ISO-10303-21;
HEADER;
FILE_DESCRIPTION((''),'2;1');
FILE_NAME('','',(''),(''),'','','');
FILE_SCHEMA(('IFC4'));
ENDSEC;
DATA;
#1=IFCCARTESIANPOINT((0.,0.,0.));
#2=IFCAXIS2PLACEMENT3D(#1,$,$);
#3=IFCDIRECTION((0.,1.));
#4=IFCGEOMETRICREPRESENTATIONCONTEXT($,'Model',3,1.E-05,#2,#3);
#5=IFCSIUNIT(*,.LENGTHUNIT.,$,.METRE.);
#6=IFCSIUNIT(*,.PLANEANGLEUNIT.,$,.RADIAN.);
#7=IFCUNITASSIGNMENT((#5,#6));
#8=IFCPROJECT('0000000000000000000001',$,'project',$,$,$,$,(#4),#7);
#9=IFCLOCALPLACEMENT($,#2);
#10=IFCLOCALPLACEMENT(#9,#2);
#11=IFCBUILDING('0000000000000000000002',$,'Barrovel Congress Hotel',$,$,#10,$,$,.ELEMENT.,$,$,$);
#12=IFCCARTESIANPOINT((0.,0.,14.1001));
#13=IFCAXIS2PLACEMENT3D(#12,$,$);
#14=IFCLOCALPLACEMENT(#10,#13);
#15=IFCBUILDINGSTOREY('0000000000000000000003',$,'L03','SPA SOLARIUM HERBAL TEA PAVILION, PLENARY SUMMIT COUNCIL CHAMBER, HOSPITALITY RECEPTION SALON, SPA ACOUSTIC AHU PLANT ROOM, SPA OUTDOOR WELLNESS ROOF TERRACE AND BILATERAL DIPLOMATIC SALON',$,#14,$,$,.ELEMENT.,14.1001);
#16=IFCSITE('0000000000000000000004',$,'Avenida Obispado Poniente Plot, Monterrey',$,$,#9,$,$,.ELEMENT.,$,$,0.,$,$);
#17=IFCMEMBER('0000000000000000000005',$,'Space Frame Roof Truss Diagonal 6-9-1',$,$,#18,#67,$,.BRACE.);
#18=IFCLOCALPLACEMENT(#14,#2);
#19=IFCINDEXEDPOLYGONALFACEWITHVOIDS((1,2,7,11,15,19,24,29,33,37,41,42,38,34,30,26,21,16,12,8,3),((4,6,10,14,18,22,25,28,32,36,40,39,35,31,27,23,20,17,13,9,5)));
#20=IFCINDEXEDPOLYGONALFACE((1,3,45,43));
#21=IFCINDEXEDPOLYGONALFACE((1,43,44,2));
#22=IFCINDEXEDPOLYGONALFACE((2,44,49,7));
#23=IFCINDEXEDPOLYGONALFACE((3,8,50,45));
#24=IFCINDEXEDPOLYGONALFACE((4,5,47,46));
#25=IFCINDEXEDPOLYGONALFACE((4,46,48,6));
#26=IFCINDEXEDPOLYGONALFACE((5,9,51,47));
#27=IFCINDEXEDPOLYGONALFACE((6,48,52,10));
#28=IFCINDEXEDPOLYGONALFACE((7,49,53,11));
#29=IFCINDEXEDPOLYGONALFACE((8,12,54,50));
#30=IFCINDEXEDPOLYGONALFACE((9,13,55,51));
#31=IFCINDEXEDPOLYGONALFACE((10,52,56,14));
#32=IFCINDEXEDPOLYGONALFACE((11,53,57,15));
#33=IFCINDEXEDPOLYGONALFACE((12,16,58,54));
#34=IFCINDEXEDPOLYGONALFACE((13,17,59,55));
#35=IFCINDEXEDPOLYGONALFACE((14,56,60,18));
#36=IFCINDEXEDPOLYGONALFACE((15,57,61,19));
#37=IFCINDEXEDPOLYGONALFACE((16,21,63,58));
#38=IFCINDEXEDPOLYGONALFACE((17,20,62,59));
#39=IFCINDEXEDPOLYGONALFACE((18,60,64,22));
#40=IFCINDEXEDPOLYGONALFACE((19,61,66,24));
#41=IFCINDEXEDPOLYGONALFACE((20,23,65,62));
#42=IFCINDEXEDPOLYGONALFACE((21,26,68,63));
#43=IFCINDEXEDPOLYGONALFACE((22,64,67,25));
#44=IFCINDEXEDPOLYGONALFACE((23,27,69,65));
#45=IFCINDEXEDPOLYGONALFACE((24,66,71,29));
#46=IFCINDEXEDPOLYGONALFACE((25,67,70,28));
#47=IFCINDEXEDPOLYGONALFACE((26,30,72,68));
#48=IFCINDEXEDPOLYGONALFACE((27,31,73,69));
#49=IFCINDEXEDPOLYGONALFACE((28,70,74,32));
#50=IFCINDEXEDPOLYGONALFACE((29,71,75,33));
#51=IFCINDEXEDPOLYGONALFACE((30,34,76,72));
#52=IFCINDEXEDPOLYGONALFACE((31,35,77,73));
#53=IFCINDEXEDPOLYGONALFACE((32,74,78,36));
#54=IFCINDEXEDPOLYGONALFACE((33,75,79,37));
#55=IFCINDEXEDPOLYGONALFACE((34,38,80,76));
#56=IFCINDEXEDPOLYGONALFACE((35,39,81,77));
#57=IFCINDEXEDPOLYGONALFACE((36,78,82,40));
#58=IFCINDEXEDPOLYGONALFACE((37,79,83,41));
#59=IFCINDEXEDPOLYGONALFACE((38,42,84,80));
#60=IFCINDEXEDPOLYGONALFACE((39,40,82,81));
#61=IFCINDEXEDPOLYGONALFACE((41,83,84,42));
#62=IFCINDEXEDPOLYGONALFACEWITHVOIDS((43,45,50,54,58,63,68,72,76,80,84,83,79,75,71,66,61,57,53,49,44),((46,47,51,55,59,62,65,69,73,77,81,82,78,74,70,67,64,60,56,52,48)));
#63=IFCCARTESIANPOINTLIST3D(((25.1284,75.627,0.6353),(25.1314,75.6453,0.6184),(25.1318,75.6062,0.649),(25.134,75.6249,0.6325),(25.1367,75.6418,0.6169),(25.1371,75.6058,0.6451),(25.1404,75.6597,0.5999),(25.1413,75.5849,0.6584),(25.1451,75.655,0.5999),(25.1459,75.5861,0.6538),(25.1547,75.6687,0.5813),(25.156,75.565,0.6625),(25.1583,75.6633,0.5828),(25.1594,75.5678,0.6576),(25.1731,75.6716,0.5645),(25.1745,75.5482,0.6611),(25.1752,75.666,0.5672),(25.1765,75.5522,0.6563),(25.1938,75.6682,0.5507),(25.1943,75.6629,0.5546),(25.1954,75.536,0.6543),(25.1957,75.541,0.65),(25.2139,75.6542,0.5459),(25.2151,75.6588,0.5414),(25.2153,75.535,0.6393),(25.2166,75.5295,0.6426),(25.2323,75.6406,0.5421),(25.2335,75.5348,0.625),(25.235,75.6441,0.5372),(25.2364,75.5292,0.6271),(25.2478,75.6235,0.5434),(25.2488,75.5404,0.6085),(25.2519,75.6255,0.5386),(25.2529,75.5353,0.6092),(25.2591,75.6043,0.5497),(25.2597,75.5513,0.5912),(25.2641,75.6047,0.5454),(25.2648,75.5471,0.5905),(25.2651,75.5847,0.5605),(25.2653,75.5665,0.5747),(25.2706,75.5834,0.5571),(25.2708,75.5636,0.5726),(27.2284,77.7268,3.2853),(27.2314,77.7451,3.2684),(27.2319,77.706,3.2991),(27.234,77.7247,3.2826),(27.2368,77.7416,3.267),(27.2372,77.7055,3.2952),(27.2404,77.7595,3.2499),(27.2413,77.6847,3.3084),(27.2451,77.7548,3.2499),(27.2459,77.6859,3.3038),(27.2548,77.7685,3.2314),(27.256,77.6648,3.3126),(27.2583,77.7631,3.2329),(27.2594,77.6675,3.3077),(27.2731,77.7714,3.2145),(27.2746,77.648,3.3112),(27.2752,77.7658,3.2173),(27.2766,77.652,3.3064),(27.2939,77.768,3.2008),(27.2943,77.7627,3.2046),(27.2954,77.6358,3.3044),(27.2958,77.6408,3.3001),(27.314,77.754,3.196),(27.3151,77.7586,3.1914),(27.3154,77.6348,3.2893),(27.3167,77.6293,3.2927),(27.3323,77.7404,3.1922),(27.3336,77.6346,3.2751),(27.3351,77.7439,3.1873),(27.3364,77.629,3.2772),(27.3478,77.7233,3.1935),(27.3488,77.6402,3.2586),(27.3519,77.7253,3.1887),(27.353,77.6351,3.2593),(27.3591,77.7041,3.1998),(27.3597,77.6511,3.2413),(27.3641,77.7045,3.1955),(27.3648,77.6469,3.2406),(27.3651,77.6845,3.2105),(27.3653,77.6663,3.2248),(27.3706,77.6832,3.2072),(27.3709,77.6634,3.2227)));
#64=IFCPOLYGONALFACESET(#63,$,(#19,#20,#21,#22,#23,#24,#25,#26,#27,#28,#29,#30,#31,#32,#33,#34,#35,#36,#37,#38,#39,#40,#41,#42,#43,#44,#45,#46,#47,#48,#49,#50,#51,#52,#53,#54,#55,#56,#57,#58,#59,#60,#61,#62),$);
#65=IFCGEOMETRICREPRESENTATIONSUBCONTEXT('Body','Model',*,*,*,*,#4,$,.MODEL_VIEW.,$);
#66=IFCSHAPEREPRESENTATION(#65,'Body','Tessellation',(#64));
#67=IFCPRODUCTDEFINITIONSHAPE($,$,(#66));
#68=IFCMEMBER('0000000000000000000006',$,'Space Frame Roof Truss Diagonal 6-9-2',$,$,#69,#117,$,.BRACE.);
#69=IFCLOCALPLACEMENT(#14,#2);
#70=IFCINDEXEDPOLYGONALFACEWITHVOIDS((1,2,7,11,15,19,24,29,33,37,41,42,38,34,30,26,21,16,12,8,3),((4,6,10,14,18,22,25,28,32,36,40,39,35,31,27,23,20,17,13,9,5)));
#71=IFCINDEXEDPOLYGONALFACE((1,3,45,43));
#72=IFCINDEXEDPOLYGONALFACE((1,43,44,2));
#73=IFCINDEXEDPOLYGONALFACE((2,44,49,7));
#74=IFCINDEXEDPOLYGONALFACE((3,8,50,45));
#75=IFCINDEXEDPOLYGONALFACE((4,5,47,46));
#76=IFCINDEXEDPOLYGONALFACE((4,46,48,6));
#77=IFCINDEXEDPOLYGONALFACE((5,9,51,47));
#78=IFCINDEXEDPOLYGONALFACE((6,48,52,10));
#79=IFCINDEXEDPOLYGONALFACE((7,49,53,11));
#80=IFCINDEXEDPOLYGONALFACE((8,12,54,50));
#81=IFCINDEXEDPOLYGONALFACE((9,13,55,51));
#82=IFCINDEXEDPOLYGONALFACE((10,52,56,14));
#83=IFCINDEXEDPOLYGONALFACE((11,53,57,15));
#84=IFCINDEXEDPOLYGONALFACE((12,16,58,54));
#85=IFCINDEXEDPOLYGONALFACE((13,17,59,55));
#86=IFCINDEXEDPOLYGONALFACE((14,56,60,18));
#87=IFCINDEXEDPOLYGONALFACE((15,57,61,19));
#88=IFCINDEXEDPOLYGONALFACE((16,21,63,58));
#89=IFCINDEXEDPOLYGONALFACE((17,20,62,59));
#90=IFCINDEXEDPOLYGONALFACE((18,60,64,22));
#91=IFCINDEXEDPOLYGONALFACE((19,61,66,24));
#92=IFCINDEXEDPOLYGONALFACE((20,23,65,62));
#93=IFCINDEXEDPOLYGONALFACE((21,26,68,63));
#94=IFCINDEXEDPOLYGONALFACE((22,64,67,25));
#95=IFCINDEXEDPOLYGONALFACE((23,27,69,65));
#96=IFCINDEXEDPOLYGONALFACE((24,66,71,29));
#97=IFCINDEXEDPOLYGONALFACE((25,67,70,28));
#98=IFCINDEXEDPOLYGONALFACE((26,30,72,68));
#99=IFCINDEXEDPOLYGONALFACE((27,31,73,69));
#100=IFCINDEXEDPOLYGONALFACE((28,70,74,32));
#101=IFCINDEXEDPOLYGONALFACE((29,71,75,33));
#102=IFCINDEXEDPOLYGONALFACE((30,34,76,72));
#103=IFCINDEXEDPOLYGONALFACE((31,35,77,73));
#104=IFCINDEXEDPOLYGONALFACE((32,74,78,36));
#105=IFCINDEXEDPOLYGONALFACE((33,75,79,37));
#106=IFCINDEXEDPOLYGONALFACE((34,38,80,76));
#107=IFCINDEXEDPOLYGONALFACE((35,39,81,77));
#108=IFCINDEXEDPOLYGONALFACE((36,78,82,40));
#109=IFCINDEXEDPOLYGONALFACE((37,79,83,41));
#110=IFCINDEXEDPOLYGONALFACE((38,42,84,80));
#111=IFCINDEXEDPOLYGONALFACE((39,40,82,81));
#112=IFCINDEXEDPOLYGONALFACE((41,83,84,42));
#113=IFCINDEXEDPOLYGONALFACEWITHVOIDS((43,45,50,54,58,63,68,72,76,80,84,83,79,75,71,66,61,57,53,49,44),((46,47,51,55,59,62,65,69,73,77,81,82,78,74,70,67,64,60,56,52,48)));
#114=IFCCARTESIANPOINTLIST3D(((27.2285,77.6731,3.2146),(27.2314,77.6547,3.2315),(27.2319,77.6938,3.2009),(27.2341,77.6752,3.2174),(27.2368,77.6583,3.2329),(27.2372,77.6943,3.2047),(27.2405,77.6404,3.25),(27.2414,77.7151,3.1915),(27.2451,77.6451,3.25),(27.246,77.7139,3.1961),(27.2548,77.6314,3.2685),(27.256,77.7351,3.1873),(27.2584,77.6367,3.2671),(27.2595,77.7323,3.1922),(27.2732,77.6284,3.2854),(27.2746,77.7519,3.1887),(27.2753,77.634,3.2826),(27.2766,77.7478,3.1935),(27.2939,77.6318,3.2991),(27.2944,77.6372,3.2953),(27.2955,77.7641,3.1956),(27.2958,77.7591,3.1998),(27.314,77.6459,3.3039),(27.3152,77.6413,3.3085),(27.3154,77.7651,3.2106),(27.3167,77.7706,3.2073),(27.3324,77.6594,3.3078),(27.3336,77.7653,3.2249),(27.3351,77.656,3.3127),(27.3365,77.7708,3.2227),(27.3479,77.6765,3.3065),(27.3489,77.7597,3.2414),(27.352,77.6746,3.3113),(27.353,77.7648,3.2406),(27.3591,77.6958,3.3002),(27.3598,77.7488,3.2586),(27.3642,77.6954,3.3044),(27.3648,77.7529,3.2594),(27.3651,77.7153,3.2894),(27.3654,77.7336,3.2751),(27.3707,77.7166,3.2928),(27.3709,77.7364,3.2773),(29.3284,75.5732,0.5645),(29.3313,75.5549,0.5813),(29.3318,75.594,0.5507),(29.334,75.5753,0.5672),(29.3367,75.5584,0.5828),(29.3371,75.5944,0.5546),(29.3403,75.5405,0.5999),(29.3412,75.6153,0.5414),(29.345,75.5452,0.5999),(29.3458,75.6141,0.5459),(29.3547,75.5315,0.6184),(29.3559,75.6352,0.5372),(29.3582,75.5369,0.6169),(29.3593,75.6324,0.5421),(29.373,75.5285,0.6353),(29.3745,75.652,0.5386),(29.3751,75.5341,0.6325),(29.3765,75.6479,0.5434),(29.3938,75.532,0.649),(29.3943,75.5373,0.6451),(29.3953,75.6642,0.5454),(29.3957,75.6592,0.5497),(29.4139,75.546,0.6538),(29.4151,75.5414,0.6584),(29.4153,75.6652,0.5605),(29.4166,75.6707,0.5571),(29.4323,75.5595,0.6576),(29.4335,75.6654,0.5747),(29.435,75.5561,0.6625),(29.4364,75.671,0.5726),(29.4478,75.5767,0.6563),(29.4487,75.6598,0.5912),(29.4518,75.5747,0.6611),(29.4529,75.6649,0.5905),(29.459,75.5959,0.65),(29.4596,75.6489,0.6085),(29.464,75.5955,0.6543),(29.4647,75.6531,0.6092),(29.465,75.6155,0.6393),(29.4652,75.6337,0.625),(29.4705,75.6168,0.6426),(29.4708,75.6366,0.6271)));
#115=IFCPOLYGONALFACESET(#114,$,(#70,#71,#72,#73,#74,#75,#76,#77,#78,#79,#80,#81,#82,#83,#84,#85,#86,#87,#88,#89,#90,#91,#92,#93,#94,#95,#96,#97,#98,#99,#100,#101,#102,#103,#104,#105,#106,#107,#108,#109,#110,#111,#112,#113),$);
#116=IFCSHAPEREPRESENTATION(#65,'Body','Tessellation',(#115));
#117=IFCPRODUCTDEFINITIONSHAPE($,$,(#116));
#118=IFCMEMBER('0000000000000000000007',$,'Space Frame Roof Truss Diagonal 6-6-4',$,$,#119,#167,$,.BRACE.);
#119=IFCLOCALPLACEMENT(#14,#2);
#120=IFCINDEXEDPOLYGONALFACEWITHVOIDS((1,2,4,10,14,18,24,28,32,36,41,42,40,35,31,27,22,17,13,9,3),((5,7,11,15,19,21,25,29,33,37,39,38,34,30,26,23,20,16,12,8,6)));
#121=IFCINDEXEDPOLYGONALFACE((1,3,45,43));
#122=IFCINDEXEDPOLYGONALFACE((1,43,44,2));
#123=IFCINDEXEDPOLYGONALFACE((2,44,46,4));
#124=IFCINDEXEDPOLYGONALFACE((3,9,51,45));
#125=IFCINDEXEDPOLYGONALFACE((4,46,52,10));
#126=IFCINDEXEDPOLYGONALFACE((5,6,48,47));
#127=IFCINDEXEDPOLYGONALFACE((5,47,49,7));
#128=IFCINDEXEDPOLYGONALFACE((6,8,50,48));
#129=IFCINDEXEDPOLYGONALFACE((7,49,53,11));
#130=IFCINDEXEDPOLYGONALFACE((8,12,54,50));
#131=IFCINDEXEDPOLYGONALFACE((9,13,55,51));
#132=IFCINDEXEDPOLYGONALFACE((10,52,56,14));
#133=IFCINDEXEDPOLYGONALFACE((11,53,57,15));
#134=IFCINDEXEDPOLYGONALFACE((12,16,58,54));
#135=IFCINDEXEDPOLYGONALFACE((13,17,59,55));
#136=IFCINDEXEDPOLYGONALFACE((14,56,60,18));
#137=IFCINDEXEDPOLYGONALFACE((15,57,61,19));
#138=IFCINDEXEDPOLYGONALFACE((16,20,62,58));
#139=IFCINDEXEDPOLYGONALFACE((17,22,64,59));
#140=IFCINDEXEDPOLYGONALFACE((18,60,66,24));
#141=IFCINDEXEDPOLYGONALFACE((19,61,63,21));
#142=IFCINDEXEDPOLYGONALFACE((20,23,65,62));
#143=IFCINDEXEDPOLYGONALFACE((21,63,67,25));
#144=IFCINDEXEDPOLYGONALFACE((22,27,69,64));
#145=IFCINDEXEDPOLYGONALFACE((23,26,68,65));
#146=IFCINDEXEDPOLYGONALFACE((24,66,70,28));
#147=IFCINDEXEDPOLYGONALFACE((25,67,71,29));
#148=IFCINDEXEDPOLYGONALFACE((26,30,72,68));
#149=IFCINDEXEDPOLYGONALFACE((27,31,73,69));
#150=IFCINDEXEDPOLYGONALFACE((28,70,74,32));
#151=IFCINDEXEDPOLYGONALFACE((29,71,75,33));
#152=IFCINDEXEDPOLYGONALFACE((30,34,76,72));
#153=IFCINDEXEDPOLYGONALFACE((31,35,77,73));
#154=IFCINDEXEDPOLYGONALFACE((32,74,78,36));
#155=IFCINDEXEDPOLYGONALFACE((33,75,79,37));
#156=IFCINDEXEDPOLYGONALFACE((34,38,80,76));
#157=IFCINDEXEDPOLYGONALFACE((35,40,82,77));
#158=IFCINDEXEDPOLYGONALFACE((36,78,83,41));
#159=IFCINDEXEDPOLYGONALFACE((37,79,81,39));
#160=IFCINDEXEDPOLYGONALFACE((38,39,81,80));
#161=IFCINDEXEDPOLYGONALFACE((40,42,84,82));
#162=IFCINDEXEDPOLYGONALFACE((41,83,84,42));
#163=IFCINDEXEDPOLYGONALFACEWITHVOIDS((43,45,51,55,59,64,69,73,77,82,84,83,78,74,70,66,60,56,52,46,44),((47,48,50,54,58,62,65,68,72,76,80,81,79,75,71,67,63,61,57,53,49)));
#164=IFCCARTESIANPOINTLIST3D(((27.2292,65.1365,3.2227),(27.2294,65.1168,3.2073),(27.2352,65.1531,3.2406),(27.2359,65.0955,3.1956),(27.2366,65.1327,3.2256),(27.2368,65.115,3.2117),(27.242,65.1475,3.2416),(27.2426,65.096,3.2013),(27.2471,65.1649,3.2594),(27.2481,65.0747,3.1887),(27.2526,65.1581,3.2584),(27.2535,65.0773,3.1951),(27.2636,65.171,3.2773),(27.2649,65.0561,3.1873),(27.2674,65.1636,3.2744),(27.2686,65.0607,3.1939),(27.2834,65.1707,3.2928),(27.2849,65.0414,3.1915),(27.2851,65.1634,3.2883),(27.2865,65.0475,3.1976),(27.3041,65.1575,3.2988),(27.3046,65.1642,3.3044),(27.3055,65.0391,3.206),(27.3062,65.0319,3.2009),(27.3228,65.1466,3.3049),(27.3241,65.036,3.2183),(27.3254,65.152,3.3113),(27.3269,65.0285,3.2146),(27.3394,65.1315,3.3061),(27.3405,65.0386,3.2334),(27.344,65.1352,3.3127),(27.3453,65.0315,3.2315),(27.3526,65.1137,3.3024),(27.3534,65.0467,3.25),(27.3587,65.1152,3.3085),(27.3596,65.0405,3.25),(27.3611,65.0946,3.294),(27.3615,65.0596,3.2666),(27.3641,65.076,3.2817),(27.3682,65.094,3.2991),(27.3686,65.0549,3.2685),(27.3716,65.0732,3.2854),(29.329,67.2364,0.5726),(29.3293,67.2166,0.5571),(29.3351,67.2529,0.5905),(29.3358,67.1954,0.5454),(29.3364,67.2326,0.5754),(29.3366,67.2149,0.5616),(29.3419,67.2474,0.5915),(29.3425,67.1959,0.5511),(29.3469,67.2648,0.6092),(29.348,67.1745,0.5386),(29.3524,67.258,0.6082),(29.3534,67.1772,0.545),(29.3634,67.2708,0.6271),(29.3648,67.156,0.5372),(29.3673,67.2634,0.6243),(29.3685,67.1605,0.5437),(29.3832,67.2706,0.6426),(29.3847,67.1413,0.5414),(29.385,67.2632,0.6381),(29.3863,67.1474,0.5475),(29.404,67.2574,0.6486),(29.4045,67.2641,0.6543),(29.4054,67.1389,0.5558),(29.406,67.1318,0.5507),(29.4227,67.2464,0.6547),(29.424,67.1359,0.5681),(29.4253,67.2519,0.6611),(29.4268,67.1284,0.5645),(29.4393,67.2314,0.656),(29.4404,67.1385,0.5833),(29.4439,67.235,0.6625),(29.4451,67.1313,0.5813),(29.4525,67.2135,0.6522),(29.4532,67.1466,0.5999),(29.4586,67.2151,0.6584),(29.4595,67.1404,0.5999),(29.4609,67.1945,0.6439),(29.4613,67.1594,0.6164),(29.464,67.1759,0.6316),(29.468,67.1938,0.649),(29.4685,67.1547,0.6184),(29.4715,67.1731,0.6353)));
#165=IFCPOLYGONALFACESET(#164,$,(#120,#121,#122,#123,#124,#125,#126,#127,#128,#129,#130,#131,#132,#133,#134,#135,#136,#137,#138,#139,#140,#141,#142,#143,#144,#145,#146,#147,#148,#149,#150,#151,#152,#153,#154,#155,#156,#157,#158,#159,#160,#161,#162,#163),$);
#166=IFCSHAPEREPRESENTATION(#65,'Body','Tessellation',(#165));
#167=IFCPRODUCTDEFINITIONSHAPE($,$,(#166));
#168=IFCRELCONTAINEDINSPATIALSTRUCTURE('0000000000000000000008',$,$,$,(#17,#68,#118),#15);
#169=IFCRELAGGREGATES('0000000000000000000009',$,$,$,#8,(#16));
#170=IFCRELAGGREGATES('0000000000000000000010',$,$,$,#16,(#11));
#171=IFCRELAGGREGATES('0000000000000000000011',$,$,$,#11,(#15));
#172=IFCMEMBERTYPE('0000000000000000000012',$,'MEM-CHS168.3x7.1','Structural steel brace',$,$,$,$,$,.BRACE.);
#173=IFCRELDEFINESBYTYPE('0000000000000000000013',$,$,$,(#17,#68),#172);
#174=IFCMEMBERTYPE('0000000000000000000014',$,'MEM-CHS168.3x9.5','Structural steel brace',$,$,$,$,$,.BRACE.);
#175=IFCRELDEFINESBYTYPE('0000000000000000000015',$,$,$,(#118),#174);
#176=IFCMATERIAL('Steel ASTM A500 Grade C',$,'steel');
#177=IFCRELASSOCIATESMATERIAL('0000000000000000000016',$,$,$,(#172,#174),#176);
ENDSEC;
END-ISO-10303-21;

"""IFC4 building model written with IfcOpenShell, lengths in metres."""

from ifc_helpers import new_model, si_unit, direction, frame, origin, origin_2d, place, context, subcontext, project, spatial, hollow_circle, extrude, material, material_profile, profile_set, type_object, element, save


model = new_model("IFC4")

# Units and contexts
model_context = context("Model", 3, precision=1e-05, world=origin(), true_north=direction((0.0, 1.0)))
body_context = subcontext(model_context, "Body", "Model", "MODEL_VIEW")
ifc_project = project(units=[si_unit("LENGTHUNIT", "METRE"), si_unit("PLANEANGLEUNIT", "RADIAN")], contexts=[model_context])

# Site, building, storey
site_placement = place(None, origin())
site = spatial("IfcSite", under=ifc_project, at=site_placement, Name="Avenida Obispado Poniente Plot, Monterrey", CompositionType="ELEMENT", RefElevation=0.0)
building_placement = place(site_placement, origin())
building = spatial("IfcBuilding", under=site, at=building_placement, Name="Barrovel Congress Hotel", CompositionType="ELEMENT")
storey_placement = place(building_placement, frame((0.0, 0.0, 14.1001)))
storey = spatial("IfcBuildingStorey", under=building, at=storey_placement, Name="L03", Description="SPA SOLARIUM HERBAL TEA PAVILION, PLENARY SUMMIT COUNCIL CHAMBER, HOSPITALITY RECEPTION SALON, SPA ACOUSTIC AHU PLANT ROOM, SPA OUTDOOR WELLNESS ROOF TERRACE AND BILATERAL DIPLOMATIC SALON", CompositionType="ELEMENT", Elevation=14.1001)

# Members
ifc_material_1 = material(Name="Steel ASTM A500 Grade C", Category="steel")
ifc_material_profile_1 = material_profile(ifc_material_1, hollow_circle(Radius=0.0842, WallThickness=0.0066, at=origin_2d()), Name="CHS168.3x7.1")
ifc_profile_set_1 = profile_set([ifc_material_profile_1], Name="Steel ASTM A500 Grade C")
member_type_1 = type_object("IfcMemberType", Name="MEM-CHS168.3x7.1", Description="Structural steel brace", PredefinedType="BRACE", material=ifc_profile_set_1)
for number, where, z_axis, x_axis, name in (
    (1, (25.2, 75.6001, 0.5999), (0.527618, 0.527557, 0.66581), (-0.707066, 0.707148, 0.0), "Space Frame Roof Truss Diagonal 6-9-1"),
    (2, (29.3999, 75.6001, 0.5999), (-0.527574, 0.527574, 0.665831), (-0.707107, -0.707107, 0.0), "Space Frame Roof Truss Diagonal 6-9-2"),
):
    element("IfcMember", number, at=place(storey_placement, frame(where, z_axis=z_axis, x_axis=x_axis)), inside=storey, type_object=member_type_1, Name=name, PredefinedType="BRACE", context=body_context, shape_type="SweptSolid", body=[
        extrude(hollow_circle(Radius=0.0842, WallThickness=0.0066, at=origin_2d()), origin(), (0.0, 0.0, 1.0), 3.9802),
    ])
ifc_material_profile_2 = material_profile(ifc_material_1, hollow_circle(Radius=0.0842, WallThickness=0.0088, at=origin_2d()), Name="CHS168.3x9.5")
ifc_profile_set_2 = profile_set([ifc_material_profile_2], Name="Steel ASTM A500 Grade C")
member_type_2 = type_object("IfcMemberType", Name="MEM-CHS168.3x9.5", Description="Structural steel brace", PredefinedType="BRACE", material=ifc_profile_set_2)
for number, where, z_axis, x_axis, name in (
    (3, (29.3999, 67.2, 0.5999), (-0.527574, -0.527574, 0.665831), (0.707107, -0.707107, 0.0), "Space Frame Roof Truss Diagonal 6-6-4"),
):
    element("IfcMember", number, at=place(storey_placement, frame(where, z_axis=z_axis, x_axis=x_axis)), inside=storey, type_object=member_type_2, Name=name, PredefinedType="BRACE", context=body_context, shape_type="SweptSolid", body=[
        extrude(hollow_circle(Radius=0.0842, WallThickness=0.0088, at=origin_2d()), origin(), (0.0, 0.0, 1.0), 3.9802),
    ])

save(model, "model.ifc")
